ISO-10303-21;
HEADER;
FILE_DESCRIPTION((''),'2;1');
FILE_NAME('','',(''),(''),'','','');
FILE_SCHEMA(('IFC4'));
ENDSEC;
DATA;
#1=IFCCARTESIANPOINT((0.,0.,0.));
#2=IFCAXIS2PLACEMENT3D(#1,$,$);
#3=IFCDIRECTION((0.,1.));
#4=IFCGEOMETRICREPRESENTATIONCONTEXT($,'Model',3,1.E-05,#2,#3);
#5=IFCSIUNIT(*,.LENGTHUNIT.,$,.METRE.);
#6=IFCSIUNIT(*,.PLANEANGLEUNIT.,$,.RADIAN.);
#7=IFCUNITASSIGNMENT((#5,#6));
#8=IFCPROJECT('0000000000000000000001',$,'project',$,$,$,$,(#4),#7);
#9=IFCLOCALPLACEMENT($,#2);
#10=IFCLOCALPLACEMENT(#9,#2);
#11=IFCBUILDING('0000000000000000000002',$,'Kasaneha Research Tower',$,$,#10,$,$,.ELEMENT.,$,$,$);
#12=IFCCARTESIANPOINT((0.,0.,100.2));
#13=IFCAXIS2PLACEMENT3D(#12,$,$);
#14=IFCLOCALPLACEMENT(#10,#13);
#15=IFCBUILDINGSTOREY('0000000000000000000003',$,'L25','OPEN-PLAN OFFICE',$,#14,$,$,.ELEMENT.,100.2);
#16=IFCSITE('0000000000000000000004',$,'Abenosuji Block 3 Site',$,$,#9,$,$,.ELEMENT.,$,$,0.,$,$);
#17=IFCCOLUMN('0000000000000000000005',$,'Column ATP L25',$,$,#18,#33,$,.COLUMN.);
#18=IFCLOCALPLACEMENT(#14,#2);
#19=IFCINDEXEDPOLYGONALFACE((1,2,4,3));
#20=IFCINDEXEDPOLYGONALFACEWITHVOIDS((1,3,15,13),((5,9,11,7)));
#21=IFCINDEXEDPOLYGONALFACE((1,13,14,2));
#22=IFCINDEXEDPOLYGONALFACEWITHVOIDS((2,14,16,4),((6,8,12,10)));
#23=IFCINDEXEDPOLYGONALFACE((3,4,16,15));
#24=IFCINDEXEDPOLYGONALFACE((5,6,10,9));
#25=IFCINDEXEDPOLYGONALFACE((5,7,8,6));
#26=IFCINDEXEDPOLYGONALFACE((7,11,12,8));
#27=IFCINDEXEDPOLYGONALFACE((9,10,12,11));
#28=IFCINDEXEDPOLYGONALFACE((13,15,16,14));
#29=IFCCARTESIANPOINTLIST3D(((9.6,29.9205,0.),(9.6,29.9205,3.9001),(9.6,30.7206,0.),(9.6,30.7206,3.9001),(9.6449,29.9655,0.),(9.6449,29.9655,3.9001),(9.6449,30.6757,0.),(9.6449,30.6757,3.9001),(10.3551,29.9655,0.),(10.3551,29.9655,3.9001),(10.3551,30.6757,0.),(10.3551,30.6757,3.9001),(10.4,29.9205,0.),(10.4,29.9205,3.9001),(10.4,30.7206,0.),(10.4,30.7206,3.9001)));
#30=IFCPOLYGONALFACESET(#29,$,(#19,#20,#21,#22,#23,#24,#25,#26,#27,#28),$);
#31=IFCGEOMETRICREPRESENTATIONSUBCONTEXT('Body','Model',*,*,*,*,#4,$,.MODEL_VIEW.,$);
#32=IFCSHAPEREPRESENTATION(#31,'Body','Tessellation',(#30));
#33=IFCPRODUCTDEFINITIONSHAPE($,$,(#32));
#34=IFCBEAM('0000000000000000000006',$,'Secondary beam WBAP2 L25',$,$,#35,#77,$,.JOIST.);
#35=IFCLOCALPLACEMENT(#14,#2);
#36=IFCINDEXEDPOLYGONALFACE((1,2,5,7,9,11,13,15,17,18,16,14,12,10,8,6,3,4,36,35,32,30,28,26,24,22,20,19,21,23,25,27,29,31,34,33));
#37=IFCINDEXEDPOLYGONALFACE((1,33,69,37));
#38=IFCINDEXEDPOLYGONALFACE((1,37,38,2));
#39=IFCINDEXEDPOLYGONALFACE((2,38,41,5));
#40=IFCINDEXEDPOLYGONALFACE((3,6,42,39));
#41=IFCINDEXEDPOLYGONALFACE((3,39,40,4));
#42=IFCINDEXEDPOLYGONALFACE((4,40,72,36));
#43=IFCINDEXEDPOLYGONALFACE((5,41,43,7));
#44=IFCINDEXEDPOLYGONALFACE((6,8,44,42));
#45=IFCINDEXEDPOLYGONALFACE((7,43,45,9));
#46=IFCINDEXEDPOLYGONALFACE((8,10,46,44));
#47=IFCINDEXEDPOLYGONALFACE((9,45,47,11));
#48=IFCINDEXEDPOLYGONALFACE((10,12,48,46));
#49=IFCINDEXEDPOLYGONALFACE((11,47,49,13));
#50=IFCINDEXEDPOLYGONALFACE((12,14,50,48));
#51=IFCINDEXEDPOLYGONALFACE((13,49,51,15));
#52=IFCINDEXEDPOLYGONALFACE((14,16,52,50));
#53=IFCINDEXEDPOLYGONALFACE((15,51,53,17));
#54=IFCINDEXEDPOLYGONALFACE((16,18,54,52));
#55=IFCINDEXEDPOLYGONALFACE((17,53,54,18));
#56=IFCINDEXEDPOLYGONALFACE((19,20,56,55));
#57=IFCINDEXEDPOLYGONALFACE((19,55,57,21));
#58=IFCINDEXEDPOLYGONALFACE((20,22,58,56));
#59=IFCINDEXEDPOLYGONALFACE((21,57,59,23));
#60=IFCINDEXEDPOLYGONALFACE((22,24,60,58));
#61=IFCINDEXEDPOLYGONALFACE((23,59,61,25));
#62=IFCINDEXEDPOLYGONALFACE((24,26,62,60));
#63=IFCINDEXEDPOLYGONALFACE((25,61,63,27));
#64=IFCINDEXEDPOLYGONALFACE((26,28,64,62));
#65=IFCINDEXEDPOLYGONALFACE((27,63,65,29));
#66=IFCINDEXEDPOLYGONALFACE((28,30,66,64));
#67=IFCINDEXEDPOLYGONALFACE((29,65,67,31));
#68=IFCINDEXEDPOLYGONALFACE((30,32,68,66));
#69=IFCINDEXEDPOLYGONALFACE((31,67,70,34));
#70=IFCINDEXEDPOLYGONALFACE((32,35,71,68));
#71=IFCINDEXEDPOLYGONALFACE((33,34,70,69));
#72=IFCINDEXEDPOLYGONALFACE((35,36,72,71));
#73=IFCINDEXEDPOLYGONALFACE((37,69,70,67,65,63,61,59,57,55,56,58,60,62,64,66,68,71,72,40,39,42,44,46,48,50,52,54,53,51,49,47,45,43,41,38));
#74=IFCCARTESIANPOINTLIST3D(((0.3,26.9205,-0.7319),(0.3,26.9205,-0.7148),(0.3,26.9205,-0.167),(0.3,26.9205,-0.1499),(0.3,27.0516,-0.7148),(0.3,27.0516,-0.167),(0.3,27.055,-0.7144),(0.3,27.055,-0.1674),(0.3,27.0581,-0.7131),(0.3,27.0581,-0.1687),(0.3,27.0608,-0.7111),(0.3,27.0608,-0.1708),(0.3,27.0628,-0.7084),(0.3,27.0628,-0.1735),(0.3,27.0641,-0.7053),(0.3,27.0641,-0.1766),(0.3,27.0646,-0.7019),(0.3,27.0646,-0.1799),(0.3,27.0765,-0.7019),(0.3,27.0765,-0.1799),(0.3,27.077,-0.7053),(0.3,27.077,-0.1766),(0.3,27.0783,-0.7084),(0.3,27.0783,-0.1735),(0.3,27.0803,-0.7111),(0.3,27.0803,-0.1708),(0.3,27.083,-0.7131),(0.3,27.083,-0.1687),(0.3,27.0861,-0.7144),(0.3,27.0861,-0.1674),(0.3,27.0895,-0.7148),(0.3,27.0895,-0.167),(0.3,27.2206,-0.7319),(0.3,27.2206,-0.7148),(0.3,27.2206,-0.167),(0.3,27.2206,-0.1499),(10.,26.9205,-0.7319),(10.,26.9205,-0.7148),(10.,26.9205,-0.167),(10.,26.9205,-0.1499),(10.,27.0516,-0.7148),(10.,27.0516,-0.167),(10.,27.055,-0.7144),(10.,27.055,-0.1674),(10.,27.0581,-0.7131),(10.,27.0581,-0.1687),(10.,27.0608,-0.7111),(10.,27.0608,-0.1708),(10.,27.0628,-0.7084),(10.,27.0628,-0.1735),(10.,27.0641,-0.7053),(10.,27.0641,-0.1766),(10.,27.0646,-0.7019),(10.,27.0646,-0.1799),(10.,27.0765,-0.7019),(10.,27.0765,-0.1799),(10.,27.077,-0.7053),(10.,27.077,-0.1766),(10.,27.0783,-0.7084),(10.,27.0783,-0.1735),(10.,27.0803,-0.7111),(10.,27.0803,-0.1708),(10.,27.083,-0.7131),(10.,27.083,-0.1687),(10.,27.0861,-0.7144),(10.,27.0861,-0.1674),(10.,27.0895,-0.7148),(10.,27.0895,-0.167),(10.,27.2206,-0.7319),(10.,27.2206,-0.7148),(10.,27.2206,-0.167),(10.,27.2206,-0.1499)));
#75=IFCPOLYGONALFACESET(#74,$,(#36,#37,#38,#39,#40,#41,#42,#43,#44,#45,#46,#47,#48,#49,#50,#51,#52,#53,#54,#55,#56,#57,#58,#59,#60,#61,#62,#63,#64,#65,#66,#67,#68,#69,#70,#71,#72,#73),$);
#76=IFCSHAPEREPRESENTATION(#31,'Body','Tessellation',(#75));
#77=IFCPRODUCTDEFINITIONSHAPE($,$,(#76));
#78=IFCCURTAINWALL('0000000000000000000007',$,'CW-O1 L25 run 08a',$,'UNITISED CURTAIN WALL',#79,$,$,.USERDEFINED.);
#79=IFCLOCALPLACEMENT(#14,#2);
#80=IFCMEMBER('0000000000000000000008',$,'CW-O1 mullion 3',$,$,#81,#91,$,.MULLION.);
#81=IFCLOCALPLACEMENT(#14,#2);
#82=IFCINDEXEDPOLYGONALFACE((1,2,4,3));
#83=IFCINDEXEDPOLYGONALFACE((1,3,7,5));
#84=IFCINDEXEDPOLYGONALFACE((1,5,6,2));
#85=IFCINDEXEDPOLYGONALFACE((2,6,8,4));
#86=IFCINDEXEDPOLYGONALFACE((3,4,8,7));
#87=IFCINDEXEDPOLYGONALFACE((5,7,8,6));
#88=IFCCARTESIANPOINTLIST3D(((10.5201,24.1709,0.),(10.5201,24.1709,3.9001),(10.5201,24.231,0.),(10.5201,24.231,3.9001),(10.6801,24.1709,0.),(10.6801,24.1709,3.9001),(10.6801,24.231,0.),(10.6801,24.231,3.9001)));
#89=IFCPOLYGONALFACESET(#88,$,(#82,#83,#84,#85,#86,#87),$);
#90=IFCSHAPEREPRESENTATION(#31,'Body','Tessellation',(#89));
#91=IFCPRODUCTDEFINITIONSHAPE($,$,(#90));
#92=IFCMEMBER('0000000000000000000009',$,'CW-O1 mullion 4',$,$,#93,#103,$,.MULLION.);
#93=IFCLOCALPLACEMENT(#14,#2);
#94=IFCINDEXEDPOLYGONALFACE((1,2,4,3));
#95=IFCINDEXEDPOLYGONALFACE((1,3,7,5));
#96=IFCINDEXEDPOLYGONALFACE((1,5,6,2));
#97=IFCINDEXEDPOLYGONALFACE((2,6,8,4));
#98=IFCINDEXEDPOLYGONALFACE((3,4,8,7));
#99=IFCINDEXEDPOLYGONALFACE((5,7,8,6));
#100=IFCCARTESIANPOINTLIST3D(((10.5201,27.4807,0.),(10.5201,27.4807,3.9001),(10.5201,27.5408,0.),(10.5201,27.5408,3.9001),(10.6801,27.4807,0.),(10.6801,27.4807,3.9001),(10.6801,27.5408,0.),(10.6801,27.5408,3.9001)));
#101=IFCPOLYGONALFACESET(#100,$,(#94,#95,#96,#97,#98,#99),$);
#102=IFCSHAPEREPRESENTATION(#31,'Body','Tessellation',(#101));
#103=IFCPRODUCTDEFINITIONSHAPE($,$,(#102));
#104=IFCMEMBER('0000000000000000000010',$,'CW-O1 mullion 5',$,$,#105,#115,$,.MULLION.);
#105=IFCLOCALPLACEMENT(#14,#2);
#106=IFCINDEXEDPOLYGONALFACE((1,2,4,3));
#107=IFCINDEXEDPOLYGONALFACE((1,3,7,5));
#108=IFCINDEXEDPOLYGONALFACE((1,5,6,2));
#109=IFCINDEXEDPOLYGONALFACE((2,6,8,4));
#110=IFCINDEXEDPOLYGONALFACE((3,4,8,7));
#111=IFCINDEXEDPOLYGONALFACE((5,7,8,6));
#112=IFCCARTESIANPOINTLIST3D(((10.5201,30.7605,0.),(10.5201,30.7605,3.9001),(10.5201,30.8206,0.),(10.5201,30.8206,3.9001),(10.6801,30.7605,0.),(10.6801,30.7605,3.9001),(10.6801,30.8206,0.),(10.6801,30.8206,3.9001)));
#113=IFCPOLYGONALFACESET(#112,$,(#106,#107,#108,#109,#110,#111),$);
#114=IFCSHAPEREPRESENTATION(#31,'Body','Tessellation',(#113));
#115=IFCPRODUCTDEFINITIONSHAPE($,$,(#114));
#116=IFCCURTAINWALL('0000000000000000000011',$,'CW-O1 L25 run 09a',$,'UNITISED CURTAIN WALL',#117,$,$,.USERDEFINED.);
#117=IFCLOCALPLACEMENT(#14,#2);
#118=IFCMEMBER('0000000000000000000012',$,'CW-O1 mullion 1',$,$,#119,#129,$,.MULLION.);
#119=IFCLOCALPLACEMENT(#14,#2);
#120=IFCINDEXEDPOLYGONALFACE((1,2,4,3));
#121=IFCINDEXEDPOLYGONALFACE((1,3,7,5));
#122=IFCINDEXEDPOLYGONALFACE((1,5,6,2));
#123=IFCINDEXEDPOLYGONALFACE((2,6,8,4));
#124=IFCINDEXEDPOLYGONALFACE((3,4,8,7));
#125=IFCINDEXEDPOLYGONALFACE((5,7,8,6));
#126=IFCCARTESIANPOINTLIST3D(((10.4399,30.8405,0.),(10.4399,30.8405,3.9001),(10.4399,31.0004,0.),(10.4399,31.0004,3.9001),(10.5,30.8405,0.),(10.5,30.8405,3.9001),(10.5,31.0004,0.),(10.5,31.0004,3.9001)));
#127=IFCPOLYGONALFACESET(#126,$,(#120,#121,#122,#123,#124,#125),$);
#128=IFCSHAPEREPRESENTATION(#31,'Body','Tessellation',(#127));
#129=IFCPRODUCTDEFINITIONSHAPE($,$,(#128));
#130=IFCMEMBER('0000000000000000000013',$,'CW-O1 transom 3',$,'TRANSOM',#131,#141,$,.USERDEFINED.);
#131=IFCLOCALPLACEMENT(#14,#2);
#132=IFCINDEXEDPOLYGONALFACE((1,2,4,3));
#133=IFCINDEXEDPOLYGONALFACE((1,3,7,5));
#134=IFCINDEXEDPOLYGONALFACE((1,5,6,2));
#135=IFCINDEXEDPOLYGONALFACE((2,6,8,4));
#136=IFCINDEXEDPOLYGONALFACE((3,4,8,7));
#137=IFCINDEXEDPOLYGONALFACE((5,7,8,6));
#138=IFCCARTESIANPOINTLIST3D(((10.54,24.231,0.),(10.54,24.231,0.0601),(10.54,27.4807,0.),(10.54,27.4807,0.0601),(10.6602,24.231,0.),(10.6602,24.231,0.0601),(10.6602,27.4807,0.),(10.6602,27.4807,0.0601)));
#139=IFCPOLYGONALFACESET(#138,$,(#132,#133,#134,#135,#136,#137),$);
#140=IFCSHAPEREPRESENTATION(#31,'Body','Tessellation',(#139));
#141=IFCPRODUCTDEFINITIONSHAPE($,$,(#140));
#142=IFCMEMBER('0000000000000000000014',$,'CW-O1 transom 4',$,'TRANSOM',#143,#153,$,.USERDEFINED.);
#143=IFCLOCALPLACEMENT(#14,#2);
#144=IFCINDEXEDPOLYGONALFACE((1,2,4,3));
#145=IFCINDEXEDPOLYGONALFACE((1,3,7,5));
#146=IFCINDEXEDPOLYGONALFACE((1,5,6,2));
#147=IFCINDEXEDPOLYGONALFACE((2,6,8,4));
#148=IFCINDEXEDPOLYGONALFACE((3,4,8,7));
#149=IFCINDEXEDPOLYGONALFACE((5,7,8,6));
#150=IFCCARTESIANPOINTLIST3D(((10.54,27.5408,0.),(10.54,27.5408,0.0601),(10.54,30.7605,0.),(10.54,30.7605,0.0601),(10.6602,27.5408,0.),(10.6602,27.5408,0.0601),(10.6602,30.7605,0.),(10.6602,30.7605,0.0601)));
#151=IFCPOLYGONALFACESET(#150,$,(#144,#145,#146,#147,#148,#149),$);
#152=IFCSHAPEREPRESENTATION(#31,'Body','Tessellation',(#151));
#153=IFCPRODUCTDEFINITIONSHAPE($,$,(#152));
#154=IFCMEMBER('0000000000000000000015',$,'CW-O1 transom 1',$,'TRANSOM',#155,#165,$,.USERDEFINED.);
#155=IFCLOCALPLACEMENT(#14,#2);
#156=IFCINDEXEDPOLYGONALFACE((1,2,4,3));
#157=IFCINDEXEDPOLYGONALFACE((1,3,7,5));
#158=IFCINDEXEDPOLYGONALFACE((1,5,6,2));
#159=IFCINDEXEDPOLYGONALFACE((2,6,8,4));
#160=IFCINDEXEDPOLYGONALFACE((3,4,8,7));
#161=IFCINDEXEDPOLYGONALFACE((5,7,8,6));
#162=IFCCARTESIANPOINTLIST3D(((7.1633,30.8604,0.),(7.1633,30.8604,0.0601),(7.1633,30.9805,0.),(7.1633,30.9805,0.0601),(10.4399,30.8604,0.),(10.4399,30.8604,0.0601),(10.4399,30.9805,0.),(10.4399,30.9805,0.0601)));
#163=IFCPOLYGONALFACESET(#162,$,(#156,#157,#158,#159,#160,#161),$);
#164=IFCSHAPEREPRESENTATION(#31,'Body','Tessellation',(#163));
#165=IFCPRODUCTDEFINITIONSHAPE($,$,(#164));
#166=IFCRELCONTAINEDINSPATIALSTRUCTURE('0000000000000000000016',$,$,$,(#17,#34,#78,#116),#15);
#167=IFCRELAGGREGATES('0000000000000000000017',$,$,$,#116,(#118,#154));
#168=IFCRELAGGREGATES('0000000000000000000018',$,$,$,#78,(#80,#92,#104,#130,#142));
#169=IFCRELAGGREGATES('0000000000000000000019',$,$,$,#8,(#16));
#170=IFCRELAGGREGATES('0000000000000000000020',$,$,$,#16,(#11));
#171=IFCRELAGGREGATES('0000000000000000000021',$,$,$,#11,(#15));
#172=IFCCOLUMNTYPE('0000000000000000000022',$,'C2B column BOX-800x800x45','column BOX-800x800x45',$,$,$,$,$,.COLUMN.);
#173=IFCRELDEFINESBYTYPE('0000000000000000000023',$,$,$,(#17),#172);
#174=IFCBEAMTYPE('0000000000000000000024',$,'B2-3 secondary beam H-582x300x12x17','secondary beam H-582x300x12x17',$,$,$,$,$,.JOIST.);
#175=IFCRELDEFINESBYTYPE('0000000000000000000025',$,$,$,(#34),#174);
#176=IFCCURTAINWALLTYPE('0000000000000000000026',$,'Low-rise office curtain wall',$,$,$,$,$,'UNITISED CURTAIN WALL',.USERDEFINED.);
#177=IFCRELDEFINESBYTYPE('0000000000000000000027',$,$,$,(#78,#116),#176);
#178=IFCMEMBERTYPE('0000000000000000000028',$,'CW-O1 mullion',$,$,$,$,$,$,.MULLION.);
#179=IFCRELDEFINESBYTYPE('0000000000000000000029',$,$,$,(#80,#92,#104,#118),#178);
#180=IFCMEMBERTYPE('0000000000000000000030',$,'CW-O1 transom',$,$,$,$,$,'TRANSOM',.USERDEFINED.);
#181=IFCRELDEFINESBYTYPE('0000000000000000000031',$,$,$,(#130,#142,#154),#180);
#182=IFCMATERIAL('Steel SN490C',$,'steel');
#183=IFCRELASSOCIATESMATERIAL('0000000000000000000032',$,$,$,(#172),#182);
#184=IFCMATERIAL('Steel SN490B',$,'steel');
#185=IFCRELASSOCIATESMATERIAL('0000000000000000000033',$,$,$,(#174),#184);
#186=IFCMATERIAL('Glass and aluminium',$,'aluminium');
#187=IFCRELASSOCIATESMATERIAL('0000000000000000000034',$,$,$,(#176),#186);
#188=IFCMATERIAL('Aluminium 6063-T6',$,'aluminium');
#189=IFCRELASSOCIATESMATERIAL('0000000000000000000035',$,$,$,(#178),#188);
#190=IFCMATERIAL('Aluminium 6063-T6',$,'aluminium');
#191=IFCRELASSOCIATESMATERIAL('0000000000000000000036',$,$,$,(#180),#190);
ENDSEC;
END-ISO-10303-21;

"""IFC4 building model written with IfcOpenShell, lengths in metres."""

from ifc_helpers import new_model, si_unit, direction, frame, origin, origin_2d, place, context, subcontext, project, spatial, rectangle, hollow_rectangle, i_section, extrude, material, material_profile, profile_set, type_object, element, aggregate, save


model = new_model("IFC4")

# Units and contexts
model_context = context("Model", 3, precision=1e-05, world=origin(), true_north=direction((0.0, 1.0)))
body_context = subcontext(model_context, "Body", "Model", "MODEL_VIEW")
ifc_project = project(units=[si_unit("LENGTHUNIT", "METRE"), si_unit("PLANEANGLEUNIT", "RADIAN")], contexts=[model_context])

# Site, building, storey
site_placement = place(None, origin())
site = spatial("IfcSite", under=ifc_project, at=site_placement, Name="Abenosuji Block 3 Site", CompositionType="ELEMENT", RefElevation=0.0)
building_placement = place(site_placement, origin())
building = spatial("IfcBuilding", under=site, at=building_placement, Name="Kasaneha Research Tower", CompositionType="ELEMENT")
storey_placement = place(building_placement, frame((0.0, 0.0, 100.2)))
storey = spatial("IfcBuildingStorey", under=building, at=storey_placement, Name="L25", Description="OPEN-PLAN OFFICE", CompositionType="ELEMENT", Elevation=100.2)

# Column
ifc_material_1 = material(Name="Steel SN490C", Category="steel")
ifc_material_profile_1 = material_profile(ifc_material_1, hollow_rectangle(XDim=0.8, YDim=0.8, WallThickness=0.0449, at=origin_2d()), Name="BOX-800x800x45")
ifc_profile_set_1 = profile_set([ifc_material_profile_1], Name="Steel SN490C")
column_type = type_object("IfcColumnType", Name="C2B column BOX-800x800x45", Description="column BOX-800x800x45", PredefinedType="COLUMN", material=ifc_profile_set_1)
column_placement = place(storey_placement, frame((10.0, 30.3206, 0.0), z_axis=(0.0, 0.0, 1.0), x_axis=(1.0, 0.0, 0.0)))
element("IfcColumn", 1, at=column_placement, inside=storey, type_object=column_type, Name="Column ATP L25", PredefinedType="COLUMN", context=body_context, shape_type="SweptSolid", body=[
    extrude(hollow_rectangle(XDim=0.8, YDim=0.8, WallThickness=0.0449, at=origin_2d()), origin(), (0.0, 0.0, 1.0), 3.9001),
])

# Beam
ifc_material_2 = material(Name="Steel SN490B", Category="steel")
ifc_material_profile_2 = material_profile(ifc_material_2, i_section(OverallWidth=0.3, OverallDepth=0.582, WebThickness=0.012, FlangeThickness=0.0171, FilletRadius=0.0129, at=origin_2d()), Name="H-582x300x12x17")
ifc_profile_set_2 = profile_set([ifc_material_profile_2], Name="Steel SN490B")
beam_type_1 = type_object("IfcBeamType", Name="B2-3 secondary beam H-582x300x12x17", Description="secondary beam H-582x300x12x17", PredefinedType="JOIST", material=ifc_profile_set_2)
beam_1_placement = place(storey_placement, frame((10.0, 27.0706, -0.4409), z_axis=(-1.0, 0.0, 0.0), x_axis=(0.0, -1.0, 0.0)))
element("IfcBeam", 2, at=beam_1_placement, inside=storey, type_object=beam_type_1, Name="Secondary beam WBAP2 L25", PredefinedType="JOIST", context=body_context, shape_type="SweptSolid", body=[
    extrude(i_section(OverallWidth=0.3, OverallDepth=0.582, WebThickness=0.012, FlangeThickness=0.0171, FilletRadius=0.0129, at=origin_2d()), origin(), (0.0, 0.0, 1.0), 9.7),
])

# Curtain wall, members
ifc_material_3 = material(Name="Glass and aluminium", Category="aluminium")
curtain_wall_type = type_object("IfcCurtainWallType", Name="Low-rise office curtain wall", ElementType="UNITISED CURTAIN WALL", PredefinedType="USERDEFINED", material=ifc_material_3)
curtain_wall_1_placement = place(storey_placement, origin())
curtain_wall_1 = element("IfcCurtainWall", 3, at=curtain_wall_1_placement, inside=storey, type_object=curtain_wall_type, Name="CW-O1 L25 run 08a", ObjectType="UNITISED CURTAIN WALL", PredefinedType="USERDEFINED")
ifc_material_4 = material(Name="Aluminium 6063-T6", Category="aluminium")
ifc_material_profile_3 = material_profile(ifc_material_4, rectangle(XDim=0.0601, YDim=0.1599, at=origin_2d()), Name="CW-O1 mullion 60x160")
ifc_profile_set_3 = profile_set([ifc_material_profile_3], Name="Aluminium 6063-T6")
member_type_1 = type_object("IfcMemberType", Name="CW-O1 mullion", PredefinedType="MULLION", material=ifc_profile_set_3)
member_1_placement = place(storey_placement, frame((10.6001, 24.2009, 0.0), z_axis=(0.0, 0.0, 1.0), x_axis=(0.0, 1.0, 0.0)))
member_1 = element("IfcMember", 4, at=member_1_placement, type_object=member_type_1, Name="CW-O1 mullion 3", PredefinedType="MULLION", context=body_context, shape_type="SweptSolid", body=[
    extrude(rectangle(XDim=0.0601, YDim=0.1599, at=origin_2d()), origin(), (0.0, 0.0, 1.0), 3.9001),
])
member_2_placement = place(storey_placement, frame((10.6001, 27.5107, 0.0), z_axis=(0.0, 0.0, 1.0), x_axis=(0.0, 1.0, 0.0)))
member_2 = element("IfcMember", 5, at=member_2_placement, type_object=member_type_1, Name="CW-O1 mullion 4", PredefinedType="MULLION", context=body_context, shape_type="SweptSolid", body=[
    extrude(rectangle(XDim=0.0601, YDim=0.1599, at=origin_2d()), origin(), (0.0, 0.0, 1.0), 3.9001),
])
member_3_placement = place(storey_placement, frame((10.6001, 30.7905, 0.0), z_axis=(0.0, 0.0, 1.0), x_axis=(0.0, 1.0, 0.0)))
member_3 = element("IfcMember", 6, at=member_3_placement, type_object=member_type_1, Name="CW-O1 mullion 5", PredefinedType="MULLION", context=body_context, shape_type="SweptSolid", body=[
    extrude(rectangle(XDim=0.0601, YDim=0.1599, at=origin_2d()), origin(), (0.0, 0.0, 1.0), 3.9001),
])

# Curtain wall, member
curtain_wall_2_placement = place(storey_placement, origin())
curtain_wall_2 = element("IfcCurtainWall", 7, at=curtain_wall_2_placement, inside=storey, type_object=curtain_wall_type, Name="CW-O1 L25 run 09a", ObjectType="UNITISED CURTAIN WALL", PredefinedType="USERDEFINED")
member_4_placement = place(storey_placement, frame((10.47, 30.9204, 0.0), z_axis=(0.0, 0.0, 1.0), x_axis=(-1.0, 0.0, 0.0)))
member_4 = element("IfcMember", 8, at=member_4_placement, type_object=member_type_1, Name="CW-O1 mullion 1", PredefinedType="MULLION", context=body_context, shape_type="SweptSolid", body=[
    extrude(rectangle(XDim=0.0601, YDim=0.1599, at=origin_2d()), origin(), (0.0, 0.0, 1.0), 3.9001),
])

# Members
ifc_material_5 = material(Name="Aluminium 6063-T6", Category="aluminium")
ifc_material_profile_4 = material_profile(ifc_material_5, rectangle(XDim=0.1201, YDim=0.0601, at=origin_2d()), Name="CW-O1 transom 120x60")
ifc_profile_set_4 = profile_set([ifc_material_profile_4], Name="Aluminium 6063-T6")
member_type_2 = type_object("IfcMemberType", Name="CW-O1 transom", ElementType="TRANSOM", PredefinedType="USERDEFINED", material=ifc_profile_set_4)
member_5_placement = place(storey_placement, frame((10.6001, 24.231, 0.03), z_axis=(0.0, 1.0, 0.0), x_axis=(-1.0, 0.0, 0.0)))
member_5 = element("IfcMember", 9, at=member_5_placement, type_object=member_type_2, Name="CW-O1 transom 3", ObjectType="TRANSOM", PredefinedType="USERDEFINED", context=body_context, shape_type="SweptSolid", body=[
    extrude(rectangle(XDim=0.1201, YDim=0.0601, at=origin_2d()), origin(), (0.0, 0.0, 1.0), 3.2498),
])
member_6_placement = place(storey_placement, frame((10.6001, 27.5408, 0.03), z_axis=(0.0, 1.0, 0.0), x_axis=(-1.0, 0.0, 0.0)))
member_6 = element("IfcMember", 10, at=member_6_placement, type_object=member_type_2, Name="CW-O1 transom 4", ObjectType="TRANSOM", PredefinedType="USERDEFINED", context=body_context, shape_type="SweptSolid", body=[
    extrude(rectangle(XDim=0.1201, YDim=0.0601, at=origin_2d()), origin(), (0.0, 0.0, 1.0), 3.2197),
])
member_7_placement = place(storey_placement, frame((10.4399, 30.9204, 0.03), z_axis=(-1.0, 0.0, 0.0), x_axis=(0.0, -1.0, 0.0)))
member_7 = element("IfcMember", 11, at=member_7_placement, type_object=member_type_2, Name="CW-O1 transom 1", ObjectType="TRANSOM", PredefinedType="USERDEFINED", context=body_context, shape_type="SweptSolid", body=[
    extrude(rectangle(XDim=0.1201, YDim=0.0601, at=origin_2d()), origin(), (0.0, 0.0, 1.0), 3.2766),
])
aggregate(curtain_wall_2, [member_4, member_7])

aggregate(curtain_wall_1, [member_1, member_2, member_3, member_5, member_6])

save(model, "model.ifc")
